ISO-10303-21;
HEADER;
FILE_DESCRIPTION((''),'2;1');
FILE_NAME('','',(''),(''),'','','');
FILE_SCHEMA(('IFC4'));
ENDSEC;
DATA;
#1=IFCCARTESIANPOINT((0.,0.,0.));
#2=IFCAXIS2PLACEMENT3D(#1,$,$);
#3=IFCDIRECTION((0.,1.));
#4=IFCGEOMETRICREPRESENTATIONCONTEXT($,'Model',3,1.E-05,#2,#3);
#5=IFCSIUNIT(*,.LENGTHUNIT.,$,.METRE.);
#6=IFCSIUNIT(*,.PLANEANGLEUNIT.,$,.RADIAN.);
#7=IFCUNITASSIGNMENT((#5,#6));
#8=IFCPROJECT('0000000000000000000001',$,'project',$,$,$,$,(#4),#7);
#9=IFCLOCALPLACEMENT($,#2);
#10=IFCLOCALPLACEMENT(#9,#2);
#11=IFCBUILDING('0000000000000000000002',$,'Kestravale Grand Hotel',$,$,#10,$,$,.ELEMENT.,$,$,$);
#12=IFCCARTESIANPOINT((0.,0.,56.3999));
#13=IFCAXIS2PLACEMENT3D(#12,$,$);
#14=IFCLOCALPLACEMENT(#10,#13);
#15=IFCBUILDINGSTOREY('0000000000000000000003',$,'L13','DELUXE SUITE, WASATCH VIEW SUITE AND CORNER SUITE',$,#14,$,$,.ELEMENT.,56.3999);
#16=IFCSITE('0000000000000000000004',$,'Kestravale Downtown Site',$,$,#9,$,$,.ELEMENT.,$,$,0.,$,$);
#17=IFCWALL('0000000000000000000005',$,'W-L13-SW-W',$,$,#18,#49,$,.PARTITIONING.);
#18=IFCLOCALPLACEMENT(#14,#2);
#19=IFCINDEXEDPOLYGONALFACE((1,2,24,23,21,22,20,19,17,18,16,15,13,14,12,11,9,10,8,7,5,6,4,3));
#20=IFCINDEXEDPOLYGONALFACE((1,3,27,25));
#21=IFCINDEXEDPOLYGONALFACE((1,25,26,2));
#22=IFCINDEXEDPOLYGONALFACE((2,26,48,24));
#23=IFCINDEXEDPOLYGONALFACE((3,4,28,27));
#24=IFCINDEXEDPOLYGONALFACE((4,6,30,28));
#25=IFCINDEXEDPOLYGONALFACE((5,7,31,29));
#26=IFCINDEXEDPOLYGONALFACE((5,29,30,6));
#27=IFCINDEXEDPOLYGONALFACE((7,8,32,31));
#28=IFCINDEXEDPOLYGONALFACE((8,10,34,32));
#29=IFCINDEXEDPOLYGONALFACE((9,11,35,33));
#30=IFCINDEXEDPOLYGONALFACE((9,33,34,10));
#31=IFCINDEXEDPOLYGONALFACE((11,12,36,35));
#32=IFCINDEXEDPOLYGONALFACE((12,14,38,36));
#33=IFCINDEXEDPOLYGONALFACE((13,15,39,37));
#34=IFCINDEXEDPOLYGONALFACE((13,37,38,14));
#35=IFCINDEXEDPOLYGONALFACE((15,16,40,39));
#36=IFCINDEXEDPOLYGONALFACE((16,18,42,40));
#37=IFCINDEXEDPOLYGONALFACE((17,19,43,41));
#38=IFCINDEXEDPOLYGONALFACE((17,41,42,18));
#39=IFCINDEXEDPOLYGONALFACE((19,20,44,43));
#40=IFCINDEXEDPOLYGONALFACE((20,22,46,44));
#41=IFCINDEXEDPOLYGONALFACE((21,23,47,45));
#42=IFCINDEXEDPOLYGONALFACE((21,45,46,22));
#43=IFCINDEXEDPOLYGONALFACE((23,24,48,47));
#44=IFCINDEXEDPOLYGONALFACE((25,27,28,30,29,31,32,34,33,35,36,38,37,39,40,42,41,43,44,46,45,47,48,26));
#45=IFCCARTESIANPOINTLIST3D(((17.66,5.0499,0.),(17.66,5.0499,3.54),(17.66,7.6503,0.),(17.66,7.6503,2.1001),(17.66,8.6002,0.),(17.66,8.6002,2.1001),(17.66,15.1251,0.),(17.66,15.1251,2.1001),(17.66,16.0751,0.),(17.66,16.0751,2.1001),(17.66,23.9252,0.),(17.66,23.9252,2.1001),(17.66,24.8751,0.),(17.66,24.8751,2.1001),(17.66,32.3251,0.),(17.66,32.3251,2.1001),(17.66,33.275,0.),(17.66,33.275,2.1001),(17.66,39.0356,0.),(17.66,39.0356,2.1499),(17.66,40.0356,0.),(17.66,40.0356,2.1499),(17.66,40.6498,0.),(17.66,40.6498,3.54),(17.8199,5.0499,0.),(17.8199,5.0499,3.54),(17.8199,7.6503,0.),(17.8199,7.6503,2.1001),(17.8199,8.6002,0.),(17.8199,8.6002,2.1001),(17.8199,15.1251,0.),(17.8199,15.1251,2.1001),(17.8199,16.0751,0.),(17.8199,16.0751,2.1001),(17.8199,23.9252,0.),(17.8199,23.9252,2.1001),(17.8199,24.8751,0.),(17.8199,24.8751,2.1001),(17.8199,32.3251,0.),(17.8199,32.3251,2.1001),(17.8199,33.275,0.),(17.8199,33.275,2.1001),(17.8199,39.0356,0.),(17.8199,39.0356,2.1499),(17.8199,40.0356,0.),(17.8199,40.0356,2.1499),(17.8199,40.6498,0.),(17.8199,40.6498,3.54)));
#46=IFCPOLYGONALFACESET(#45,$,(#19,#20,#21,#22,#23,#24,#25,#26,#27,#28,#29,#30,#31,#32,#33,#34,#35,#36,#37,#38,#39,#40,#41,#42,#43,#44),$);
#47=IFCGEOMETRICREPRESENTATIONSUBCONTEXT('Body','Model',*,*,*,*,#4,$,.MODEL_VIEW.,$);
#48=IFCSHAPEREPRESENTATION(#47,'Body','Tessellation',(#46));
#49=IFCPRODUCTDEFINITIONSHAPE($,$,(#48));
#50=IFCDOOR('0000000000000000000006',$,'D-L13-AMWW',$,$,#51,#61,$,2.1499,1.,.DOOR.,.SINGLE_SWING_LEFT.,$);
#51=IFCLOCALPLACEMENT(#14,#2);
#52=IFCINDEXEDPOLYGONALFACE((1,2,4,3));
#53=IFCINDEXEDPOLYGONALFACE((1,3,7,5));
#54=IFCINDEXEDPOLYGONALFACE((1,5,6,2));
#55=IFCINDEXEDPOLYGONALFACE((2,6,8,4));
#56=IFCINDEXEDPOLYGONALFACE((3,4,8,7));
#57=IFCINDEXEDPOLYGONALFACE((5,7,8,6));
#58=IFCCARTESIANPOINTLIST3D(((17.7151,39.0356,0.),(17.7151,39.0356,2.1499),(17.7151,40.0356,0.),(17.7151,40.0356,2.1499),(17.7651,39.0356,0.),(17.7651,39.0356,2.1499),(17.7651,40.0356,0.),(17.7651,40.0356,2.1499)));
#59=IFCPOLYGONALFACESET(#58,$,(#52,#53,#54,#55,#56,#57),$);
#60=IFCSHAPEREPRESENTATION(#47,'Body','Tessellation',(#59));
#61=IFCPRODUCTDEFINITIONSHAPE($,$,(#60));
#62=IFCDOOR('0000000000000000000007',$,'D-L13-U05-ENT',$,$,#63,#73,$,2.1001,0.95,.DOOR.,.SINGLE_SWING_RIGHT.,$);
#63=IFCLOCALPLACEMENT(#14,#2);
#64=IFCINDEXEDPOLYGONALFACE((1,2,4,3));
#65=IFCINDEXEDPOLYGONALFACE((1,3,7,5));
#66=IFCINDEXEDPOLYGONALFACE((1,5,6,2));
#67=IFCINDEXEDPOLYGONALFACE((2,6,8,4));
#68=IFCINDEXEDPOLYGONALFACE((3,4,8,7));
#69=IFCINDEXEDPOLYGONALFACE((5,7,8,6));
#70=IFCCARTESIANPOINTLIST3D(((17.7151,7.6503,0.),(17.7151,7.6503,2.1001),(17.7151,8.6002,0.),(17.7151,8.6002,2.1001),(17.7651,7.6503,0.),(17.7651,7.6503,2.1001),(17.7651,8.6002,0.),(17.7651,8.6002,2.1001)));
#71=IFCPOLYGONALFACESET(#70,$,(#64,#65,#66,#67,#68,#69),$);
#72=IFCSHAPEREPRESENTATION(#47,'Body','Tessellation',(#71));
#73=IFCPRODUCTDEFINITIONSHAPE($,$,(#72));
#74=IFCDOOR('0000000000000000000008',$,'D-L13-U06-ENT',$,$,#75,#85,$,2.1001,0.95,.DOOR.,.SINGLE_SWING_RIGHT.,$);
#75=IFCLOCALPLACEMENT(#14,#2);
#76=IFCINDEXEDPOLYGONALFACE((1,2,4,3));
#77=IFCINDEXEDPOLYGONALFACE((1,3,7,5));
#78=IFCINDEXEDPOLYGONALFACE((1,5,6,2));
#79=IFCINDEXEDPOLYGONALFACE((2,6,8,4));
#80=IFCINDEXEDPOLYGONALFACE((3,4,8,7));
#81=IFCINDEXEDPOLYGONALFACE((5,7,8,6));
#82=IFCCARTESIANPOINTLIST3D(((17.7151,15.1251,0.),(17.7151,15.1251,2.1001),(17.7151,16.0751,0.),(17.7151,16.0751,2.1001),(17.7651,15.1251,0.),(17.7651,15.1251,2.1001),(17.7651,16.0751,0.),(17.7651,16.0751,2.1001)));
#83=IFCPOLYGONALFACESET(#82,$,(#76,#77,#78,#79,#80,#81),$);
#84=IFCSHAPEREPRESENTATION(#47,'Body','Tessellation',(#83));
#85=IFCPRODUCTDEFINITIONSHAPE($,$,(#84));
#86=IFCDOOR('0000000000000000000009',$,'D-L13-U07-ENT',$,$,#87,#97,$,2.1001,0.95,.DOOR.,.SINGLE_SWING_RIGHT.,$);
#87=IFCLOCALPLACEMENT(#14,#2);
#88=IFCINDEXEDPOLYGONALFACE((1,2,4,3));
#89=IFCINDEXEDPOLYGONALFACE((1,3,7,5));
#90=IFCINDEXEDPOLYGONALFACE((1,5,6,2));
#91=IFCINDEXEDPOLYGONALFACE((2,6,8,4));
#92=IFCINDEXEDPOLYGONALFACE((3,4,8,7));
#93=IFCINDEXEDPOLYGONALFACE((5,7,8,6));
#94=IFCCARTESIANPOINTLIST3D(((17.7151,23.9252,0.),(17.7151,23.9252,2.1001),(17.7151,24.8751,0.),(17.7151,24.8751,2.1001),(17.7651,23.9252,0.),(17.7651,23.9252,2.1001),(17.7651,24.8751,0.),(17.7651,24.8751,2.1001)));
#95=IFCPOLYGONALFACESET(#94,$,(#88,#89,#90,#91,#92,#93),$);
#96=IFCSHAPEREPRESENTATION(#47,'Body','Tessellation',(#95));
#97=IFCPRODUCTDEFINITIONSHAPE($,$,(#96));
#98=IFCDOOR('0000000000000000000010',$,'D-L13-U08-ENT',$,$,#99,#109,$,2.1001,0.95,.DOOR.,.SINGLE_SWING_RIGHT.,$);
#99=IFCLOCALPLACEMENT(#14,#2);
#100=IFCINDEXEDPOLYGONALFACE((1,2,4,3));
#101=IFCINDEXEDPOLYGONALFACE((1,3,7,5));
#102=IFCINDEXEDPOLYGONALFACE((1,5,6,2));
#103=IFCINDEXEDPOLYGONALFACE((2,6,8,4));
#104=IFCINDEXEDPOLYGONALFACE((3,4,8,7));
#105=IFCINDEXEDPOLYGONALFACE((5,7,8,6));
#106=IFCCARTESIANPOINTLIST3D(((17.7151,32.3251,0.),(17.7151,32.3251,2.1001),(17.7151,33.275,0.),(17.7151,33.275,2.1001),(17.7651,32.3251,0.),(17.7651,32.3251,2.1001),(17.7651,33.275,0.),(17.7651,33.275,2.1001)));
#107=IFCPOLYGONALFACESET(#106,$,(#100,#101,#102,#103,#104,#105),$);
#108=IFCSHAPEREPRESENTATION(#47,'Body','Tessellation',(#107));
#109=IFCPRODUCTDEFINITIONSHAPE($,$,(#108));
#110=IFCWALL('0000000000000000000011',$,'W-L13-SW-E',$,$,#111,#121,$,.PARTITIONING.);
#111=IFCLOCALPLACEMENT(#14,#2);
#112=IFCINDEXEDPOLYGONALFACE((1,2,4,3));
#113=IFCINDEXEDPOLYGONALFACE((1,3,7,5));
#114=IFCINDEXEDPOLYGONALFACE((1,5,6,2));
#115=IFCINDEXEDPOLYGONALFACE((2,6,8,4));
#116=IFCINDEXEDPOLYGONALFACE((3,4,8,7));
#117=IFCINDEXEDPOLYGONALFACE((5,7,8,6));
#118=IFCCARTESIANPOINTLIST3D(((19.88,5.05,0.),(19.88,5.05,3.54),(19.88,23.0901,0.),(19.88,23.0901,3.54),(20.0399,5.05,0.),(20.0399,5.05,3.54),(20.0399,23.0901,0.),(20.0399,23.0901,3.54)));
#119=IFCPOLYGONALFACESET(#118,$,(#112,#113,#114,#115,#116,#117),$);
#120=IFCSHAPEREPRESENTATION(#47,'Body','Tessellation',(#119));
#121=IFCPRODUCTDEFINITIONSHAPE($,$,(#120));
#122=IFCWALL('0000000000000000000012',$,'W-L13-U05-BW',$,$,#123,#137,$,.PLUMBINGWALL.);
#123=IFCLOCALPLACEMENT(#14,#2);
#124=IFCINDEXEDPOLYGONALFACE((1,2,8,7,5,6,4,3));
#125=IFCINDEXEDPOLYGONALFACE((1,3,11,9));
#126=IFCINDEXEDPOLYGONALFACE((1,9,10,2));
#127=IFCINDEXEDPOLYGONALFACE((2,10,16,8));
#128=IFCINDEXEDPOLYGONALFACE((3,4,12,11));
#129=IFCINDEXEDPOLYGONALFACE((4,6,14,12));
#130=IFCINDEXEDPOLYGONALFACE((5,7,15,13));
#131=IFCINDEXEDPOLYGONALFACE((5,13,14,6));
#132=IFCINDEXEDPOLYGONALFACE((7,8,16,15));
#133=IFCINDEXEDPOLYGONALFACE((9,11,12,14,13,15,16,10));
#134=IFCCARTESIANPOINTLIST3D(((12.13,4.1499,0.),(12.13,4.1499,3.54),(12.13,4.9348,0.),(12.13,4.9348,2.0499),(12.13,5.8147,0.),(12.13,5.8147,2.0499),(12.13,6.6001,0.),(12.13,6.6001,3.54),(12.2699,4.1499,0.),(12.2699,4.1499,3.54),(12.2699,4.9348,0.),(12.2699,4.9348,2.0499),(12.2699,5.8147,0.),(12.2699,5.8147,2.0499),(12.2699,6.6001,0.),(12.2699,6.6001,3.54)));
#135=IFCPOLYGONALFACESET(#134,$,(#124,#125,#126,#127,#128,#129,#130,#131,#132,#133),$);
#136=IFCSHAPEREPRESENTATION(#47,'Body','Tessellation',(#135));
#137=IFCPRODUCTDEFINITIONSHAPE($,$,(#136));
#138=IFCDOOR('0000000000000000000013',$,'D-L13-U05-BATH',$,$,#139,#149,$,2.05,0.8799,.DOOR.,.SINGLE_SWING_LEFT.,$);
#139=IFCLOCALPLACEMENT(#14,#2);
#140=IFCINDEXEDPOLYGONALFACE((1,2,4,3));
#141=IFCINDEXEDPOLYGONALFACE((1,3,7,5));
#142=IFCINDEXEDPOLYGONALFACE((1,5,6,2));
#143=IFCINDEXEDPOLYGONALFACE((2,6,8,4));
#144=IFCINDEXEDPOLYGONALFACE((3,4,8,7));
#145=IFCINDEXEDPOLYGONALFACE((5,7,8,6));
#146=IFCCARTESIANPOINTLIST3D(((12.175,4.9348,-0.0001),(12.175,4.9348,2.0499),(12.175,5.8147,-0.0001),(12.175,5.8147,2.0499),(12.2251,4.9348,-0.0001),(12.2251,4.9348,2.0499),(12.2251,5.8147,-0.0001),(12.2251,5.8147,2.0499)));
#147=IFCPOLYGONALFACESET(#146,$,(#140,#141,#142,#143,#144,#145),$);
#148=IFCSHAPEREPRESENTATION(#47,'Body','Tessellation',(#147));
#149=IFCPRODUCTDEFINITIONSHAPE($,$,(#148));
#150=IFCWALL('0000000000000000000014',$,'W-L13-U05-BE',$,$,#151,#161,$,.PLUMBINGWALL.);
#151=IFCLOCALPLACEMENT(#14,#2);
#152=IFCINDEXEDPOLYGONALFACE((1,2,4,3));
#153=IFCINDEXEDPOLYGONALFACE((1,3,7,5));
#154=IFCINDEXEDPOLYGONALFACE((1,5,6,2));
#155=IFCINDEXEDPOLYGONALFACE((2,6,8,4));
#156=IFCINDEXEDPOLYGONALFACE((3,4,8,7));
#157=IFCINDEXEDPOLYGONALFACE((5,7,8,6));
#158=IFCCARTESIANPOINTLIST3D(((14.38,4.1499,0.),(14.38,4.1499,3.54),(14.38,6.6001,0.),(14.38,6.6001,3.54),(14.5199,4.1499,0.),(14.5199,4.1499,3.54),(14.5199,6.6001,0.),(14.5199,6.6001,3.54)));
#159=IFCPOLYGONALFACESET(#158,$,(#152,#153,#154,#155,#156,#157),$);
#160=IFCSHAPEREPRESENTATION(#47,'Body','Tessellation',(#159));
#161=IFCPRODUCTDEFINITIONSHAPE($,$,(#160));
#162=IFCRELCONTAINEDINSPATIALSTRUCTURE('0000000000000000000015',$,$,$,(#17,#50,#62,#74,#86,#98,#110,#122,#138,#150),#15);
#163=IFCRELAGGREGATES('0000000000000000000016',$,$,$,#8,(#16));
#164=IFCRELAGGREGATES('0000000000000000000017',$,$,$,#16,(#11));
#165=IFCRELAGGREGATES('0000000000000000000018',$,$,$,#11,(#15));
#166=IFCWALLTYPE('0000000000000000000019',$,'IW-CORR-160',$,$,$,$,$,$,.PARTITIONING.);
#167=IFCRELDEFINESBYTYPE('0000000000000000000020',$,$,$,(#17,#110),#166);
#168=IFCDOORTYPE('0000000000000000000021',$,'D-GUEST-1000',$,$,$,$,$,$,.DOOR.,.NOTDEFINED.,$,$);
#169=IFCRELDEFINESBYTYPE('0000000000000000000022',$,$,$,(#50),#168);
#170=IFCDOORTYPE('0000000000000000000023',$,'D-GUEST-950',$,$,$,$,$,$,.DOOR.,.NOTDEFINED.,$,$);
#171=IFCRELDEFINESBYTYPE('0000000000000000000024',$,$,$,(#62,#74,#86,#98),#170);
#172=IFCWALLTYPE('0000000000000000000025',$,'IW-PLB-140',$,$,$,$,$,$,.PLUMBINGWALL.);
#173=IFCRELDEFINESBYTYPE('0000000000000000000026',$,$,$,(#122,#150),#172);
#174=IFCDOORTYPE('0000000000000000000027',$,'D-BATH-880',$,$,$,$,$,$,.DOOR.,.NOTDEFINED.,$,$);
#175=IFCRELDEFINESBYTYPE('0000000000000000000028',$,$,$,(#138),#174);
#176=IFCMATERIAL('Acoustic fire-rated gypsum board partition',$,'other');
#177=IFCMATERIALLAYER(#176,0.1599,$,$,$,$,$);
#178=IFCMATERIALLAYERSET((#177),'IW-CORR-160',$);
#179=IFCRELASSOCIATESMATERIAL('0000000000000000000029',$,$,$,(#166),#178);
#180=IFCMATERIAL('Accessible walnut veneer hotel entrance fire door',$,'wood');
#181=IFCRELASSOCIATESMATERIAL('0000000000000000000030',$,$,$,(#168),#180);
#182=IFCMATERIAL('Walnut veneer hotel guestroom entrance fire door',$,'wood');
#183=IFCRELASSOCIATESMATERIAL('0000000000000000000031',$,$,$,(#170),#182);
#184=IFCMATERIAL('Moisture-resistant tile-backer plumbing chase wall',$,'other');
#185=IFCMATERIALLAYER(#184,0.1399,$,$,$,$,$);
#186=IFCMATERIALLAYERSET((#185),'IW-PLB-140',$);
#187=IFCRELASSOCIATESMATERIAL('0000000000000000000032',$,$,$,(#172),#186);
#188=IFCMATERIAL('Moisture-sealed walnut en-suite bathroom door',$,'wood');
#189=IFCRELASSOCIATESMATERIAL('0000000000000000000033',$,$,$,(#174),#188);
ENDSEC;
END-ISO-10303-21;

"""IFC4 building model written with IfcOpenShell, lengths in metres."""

from ifc_helpers import new_model, si_unit, direction, frame, frame_2d, origin, place, context, subcontext, project, spatial, rectangle, extrude, material, layer, layer_set, type_object, element, fill, save


model = new_model("IFC4")

# Units and contexts
model_context = context("Model", 3, precision=1e-05, world=origin(), true_north=direction((0.0, 1.0)))
body_context = subcontext(model_context, "Body", "Model", "MODEL_VIEW")
ifc_project = project(units=[si_unit("LENGTHUNIT", "METRE"), si_unit("PLANEANGLEUNIT", "RADIAN")], contexts=[model_context])

# Site, building, storey
site_placement = place(None, origin())
site = spatial("IfcSite", under=ifc_project, at=site_placement, Name="Kestravale Downtown Site", CompositionType="ELEMENT", RefElevation=0.0)
building_placement = place(site_placement, origin())
building = spatial("IfcBuilding", under=site, at=building_placement, Name="Kestravale Grand Hotel", CompositionType="ELEMENT")
storey_placement = place(building_placement, frame((0.0, 0.0, 56.3999)))
storey = spatial("IfcBuildingStorey", under=building, at=storey_placement, Name="L13", Description="DELUXE SUITE, WASATCH VIEW SUITE AND CORNER SUITE", CompositionType="ELEMENT", Elevation=56.3999)

# Wall, openings, doors
ifc_material_1 = material(Name="Acoustic fire-rated gypsum board partition", Category="other")
ifc_layer_1 = layer(ifc_material_1, 0.1599)
ifc_layer_set_1 = layer_set([ifc_layer_1], Name="IW-CORR-160")
wall_type_1 = type_object("IfcWallType", Name="IW-CORR-160", PredefinedType="PARTITIONING", material=ifc_layer_set_1)
wall_1_placement = place(storey_placement, frame((17.74, 5.05, 0.0), z_axis=(0.0, 0.0, 1.0), x_axis=(0.0, 1.0, 0.0)))
wall_1 = element("IfcWall", 1, at=wall_1_placement, inside=storey, type_object=wall_type_1, Name="W-L13-SW-W", PredefinedType="PARTITIONING", context=body_context, shape_type="SweptSolid", body=[
    extrude(rectangle(XDim=35.5999, YDim=0.1599, at=frame_2d((17.7998, 0.0))), origin(), (0.0, 0.0, 1.0), 3.54),
])
opening_1_placement = place(wall_1_placement, frame((2.6001, 0.0, 0.0)))
opening_1 = element("IfcOpeningElement", 2, at=opening_1_placement, cuts=wall_1, PredefinedType="OPENING", context=body_context, shape_type="SweptSolid", body=[
    extrude(rectangle(XDim=0.95, YDim=2.1001, at=frame_2d((0.4751, 1.05))), frame((0.0, 0.0898, 0.0), z_axis=(0.0, -1.0, 0.0), x_axis=(1.0, 0.0, 0.0)), (0.0, 0.0, 1.0), 0.1799),
])
opening_2_placement = place(wall_1_placement, frame((10.075, 0.0, 0.0)))
opening_2 = element("IfcOpeningElement", 3, at=opening_2_placement, cuts=wall_1, PredefinedType="OPENING", context=body_context, shape_type="SweptSolid", body=[
    extrude(rectangle(XDim=0.95, YDim=2.1001, at=frame_2d((0.4751, 1.05))), frame((0.0, 0.0898, 0.0), z_axis=(0.0, -1.0, 0.0), x_axis=(1.0, 0.0, 0.0)), (0.0, 0.0, 1.0), 0.1799),
])
opening_3_placement = place(wall_1_placement, frame((18.875, 0.0, 0.0)))
opening_3 = element("IfcOpeningElement", 4, at=opening_3_placement, cuts=wall_1, PredefinedType="OPENING", context=body_context, shape_type="SweptSolid", body=[
    extrude(rectangle(XDim=0.95, YDim=2.1001, at=frame_2d((0.4751, 1.05))), frame((0.0, 0.0898, 0.0), z_axis=(0.0, -1.0, 0.0), x_axis=(1.0, 0.0, 0.0)), (0.0, 0.0, 1.0), 0.1799),
])
opening_4_placement = place(wall_1_placement, frame((27.2749, 0.0, 0.0)))
opening_4 = element("IfcOpeningElement", 5, at=opening_4_placement, cuts=wall_1, PredefinedType="OPENING", context=body_context, shape_type="SweptSolid", body=[
    extrude(rectangle(XDim=0.95, YDim=2.1001, at=frame_2d((0.4751, 1.05))), frame((0.0, 0.0898, 0.0), z_axis=(0.0, -1.0, 0.0), x_axis=(1.0, 0.0, 0.0)), (0.0, 0.0, 1.0), 0.1799),
])
opening_5_placement = place(wall_1_placement, frame((33.9856, 0.0, 0.0)))
opening_5 = element("IfcOpeningElement", 6, at=opening_5_placement, cuts=wall_1, PredefinedType="OPENING", context=body_context, shape_type="SweptSolid", body=[
    extrude(rectangle(XDim=1.0, YDim=2.1499, at=frame_2d((0.5, 1.075))), frame((0.0, 0.0898, 0.0), z_axis=(0.0, -1.0, 0.0), x_axis=(1.0, 0.0, 0.0)), (0.0, 0.0, 1.0), 0.1799),
])
ifc_material_2 = material(Name="Accessible walnut veneer hotel entrance fire door", Category="wood")
door_type_1 = type_object("IfcDoorType", Name="D-GUEST-1000", OperationType="NOTDEFINED", PredefinedType="DOOR", material=ifc_material_2)
door_1_placement = place(opening_5_placement, origin())
door_1 = element("IfcDoor", 7, at=door_1_placement, inside=storey, type_object=door_type_1, Name="D-L13-AMWW", OperationType="SINGLE_SWING_LEFT", OverallHeight=2.1499, OverallWidth=1.0, PredefinedType="DOOR", context=body_context, shape_type="SweptSolid", body=[
    extrude(rectangle(XDim=1.0, YDim=2.1499, at=frame_2d((0.5, 1.075))), frame((0.0, 0.0249, 0.0), z_axis=(0.0, -1.0, 0.0), x_axis=(1.0, 0.0, 0.0)), (0.0, 0.0, 1.0), 0.05),
])
fill(opening_5, door_1)
ifc_material_3 = material(Name="Walnut veneer hotel guestroom entrance fire door", Category="wood")
door_type_2 = type_object("IfcDoorType", Name="D-GUEST-950", OperationType="NOTDEFINED", PredefinedType="DOOR", material=ifc_material_3)
door_2_placement = place(opening_1_placement, origin())
door_2 = element("IfcDoor", 8, at=door_2_placement, inside=storey, type_object=door_type_2, Name="D-L13-U05-ENT", OperationType="SINGLE_SWING_RIGHT", OverallHeight=2.1001, OverallWidth=0.95, PredefinedType="DOOR", context=body_context, shape_type="SweptSolid", body=[
    extrude(rectangle(XDim=0.95, YDim=2.1001, at=frame_2d((0.4751, 1.05))), frame((0.0, 0.0249, 0.0), z_axis=(0.0, -1.0, 0.0), x_axis=(1.0, 0.0, 0.0)), (0.0, 0.0, 1.0), 0.05),
])
fill(opening_1, door_2)
door_3_placement = place(opening_2_placement, origin())
door_3 = element("IfcDoor", 9, at=door_3_placement, inside=storey, type_object=door_type_2, Name="D-L13-U06-ENT", OperationType="SINGLE_SWING_RIGHT", OverallHeight=2.1001, OverallWidth=0.95, PredefinedType="DOOR", context=body_context, shape_type="SweptSolid", body=[
    extrude(rectangle(XDim=0.95, YDim=2.1001, at=frame_2d((0.4751, 1.05))), frame((0.0, 0.0249, 0.0), z_axis=(0.0, -1.0, 0.0), x_axis=(1.0, 0.0, 0.0)), (0.0, 0.0, 1.0), 0.05),
])
fill(opening_2, door_3)
door_4_placement = place(opening_3_placement, origin())
door_4 = element("IfcDoor", 10, at=door_4_placement, inside=storey, type_object=door_type_2, Name="D-L13-U07-ENT", OperationType="SINGLE_SWING_RIGHT", OverallHeight=2.1001, OverallWidth=0.95, PredefinedType="DOOR", context=body_context, shape_type="SweptSolid", body=[
    extrude(rectangle(XDim=0.95, YDim=2.1001, at=frame_2d((0.4751, 1.05))), frame((0.0, 0.0249, 0.0), z_axis=(0.0, -1.0, 0.0), x_axis=(1.0, 0.0, 0.0)), (0.0, 0.0, 1.0), 0.05),
])
fill(opening_3, door_4)
door_5_placement = place(opening_4_placement, origin())
door_5 = element("IfcDoor", 11, at=door_5_placement, inside=storey, type_object=door_type_2, Name="D-L13-U08-ENT", OperationType="SINGLE_SWING_RIGHT", OverallHeight=2.1001, OverallWidth=0.95, PredefinedType="DOOR", context=body_context, shape_type="SweptSolid", body=[
    extrude(rectangle(XDim=0.95, YDim=2.1001, at=frame_2d((0.4751, 1.05))), frame((0.0, 0.0249, 0.0), z_axis=(0.0, -1.0, 0.0), x_axis=(1.0, 0.0, 0.0)), (0.0, 0.0, 1.0), 0.05),
])
fill(opening_4, door_5)

# Wall
wall_2_placement = place(storey_placement, frame((19.96, 5.05, 0.0), z_axis=(0.0, 0.0, 1.0), x_axis=(0.0, 1.0, 0.0)))
element("IfcWall", 12, at=wall_2_placement, inside=storey, type_object=wall_type_1, Name="W-L13-SW-E", PredefinedType="PARTITIONING", context=body_context, shape_type="SweptSolid", body=[
    extrude(rectangle(XDim=18.04, YDim=0.1599, at=frame_2d((9.02, 0.0))), origin(), (0.0, 0.0, 1.0), 3.54),
])

# Wall, opening, door
ifc_material_4 = material(Name="Moisture-resistant tile-backer plumbing chase wall", Category="other")
ifc_layer_2 = layer(ifc_material_4, 0.1399)
ifc_layer_set_2 = layer_set([ifc_layer_2], Name="IW-PLB-140")
wall_type_2 = type_object("IfcWallType", Name="IW-PLB-140", PredefinedType="PLUMBINGWALL", material=ifc_layer_set_2)
wall_3_placement = place(storey_placement, frame((12.2, 4.1499, 0.0), z_axis=(0.0, 0.0, 1.0), x_axis=(0.0, 1.0, 0.0)))
wall_3 = element("IfcWall", 13, at=wall_3_placement, inside=storey, type_object=wall_type_2, Name="W-L13-U05-BW", PredefinedType="PLUMBINGWALL", context=body_context, shape_type="SweptSolid", body=[
    extrude(rectangle(XDim=2.4502, YDim=0.1399, at=frame_2d((1.2251, 0.0))), origin(), (0.0, 0.0, 1.0), 3.54),
])
opening_6_placement = place(wall_3_placement, frame((0.7849, 0.0, 0.0)))
opening_6 = element("IfcOpeningElement", 14, at=opening_6_placement, cuts=wall_3, PredefinedType="OPENING", context=body_context, shape_type="SweptSolid", body=[
    extrude(rectangle(XDim=0.8799, YDim=2.05, at=frame_2d((0.4399, 1.0249))), frame((0.0, 0.0798, 0.0), z_axis=(0.0, -1.0, 0.0), x_axis=(1.0, 0.0, 0.0)), (0.0, 0.0, 1.0), 0.1599),
])
ifc_material_5 = material(Name="Moisture-sealed walnut en-suite bathroom door", Category="wood")
door_type_3 = type_object("IfcDoorType", Name="D-BATH-880", OperationType="NOTDEFINED", PredefinedType="DOOR", material=ifc_material_5)
door_6_placement = place(opening_6_placement, origin())
door_6 = element("IfcDoor", 15, at=door_6_placement, inside=storey, type_object=door_type_3, Name="D-L13-U05-BATH", OperationType="SINGLE_SWING_LEFT", OverallHeight=2.05, OverallWidth=0.8799, PredefinedType="DOOR", context=body_context, shape_type="SweptSolid", body=[
    extrude(rectangle(XDim=0.8799, YDim=2.05, at=frame_2d((0.4399, 1.0249))), frame((0.0, 0.0249, 0.0), z_axis=(0.0, -1.0, 0.0), x_axis=(1.0, 0.0, 0.0)), (0.0, 0.0, 1.0), 0.05),
])
fill(opening_6, door_6)

# Wall
wall_4_placement = place(storey_placement, frame((14.45, 4.1499, 0.0), z_axis=(0.0, 0.0, 1.0), x_axis=(0.0, 1.0, 0.0)))
element("IfcWall", 16, at=wall_4_placement, inside=storey, type_object=wall_type_2, Name="W-L13-U05-BE", PredefinedType="PLUMBINGWALL", context=body_context, shape_type="SweptSolid", body=[
    extrude(rectangle(XDim=2.4502, YDim=0.1399, at=frame_2d((1.2251, 0.0))), origin(), (0.0, 0.0, 1.0), 3.54),
])

save(model, "model.ifc")
